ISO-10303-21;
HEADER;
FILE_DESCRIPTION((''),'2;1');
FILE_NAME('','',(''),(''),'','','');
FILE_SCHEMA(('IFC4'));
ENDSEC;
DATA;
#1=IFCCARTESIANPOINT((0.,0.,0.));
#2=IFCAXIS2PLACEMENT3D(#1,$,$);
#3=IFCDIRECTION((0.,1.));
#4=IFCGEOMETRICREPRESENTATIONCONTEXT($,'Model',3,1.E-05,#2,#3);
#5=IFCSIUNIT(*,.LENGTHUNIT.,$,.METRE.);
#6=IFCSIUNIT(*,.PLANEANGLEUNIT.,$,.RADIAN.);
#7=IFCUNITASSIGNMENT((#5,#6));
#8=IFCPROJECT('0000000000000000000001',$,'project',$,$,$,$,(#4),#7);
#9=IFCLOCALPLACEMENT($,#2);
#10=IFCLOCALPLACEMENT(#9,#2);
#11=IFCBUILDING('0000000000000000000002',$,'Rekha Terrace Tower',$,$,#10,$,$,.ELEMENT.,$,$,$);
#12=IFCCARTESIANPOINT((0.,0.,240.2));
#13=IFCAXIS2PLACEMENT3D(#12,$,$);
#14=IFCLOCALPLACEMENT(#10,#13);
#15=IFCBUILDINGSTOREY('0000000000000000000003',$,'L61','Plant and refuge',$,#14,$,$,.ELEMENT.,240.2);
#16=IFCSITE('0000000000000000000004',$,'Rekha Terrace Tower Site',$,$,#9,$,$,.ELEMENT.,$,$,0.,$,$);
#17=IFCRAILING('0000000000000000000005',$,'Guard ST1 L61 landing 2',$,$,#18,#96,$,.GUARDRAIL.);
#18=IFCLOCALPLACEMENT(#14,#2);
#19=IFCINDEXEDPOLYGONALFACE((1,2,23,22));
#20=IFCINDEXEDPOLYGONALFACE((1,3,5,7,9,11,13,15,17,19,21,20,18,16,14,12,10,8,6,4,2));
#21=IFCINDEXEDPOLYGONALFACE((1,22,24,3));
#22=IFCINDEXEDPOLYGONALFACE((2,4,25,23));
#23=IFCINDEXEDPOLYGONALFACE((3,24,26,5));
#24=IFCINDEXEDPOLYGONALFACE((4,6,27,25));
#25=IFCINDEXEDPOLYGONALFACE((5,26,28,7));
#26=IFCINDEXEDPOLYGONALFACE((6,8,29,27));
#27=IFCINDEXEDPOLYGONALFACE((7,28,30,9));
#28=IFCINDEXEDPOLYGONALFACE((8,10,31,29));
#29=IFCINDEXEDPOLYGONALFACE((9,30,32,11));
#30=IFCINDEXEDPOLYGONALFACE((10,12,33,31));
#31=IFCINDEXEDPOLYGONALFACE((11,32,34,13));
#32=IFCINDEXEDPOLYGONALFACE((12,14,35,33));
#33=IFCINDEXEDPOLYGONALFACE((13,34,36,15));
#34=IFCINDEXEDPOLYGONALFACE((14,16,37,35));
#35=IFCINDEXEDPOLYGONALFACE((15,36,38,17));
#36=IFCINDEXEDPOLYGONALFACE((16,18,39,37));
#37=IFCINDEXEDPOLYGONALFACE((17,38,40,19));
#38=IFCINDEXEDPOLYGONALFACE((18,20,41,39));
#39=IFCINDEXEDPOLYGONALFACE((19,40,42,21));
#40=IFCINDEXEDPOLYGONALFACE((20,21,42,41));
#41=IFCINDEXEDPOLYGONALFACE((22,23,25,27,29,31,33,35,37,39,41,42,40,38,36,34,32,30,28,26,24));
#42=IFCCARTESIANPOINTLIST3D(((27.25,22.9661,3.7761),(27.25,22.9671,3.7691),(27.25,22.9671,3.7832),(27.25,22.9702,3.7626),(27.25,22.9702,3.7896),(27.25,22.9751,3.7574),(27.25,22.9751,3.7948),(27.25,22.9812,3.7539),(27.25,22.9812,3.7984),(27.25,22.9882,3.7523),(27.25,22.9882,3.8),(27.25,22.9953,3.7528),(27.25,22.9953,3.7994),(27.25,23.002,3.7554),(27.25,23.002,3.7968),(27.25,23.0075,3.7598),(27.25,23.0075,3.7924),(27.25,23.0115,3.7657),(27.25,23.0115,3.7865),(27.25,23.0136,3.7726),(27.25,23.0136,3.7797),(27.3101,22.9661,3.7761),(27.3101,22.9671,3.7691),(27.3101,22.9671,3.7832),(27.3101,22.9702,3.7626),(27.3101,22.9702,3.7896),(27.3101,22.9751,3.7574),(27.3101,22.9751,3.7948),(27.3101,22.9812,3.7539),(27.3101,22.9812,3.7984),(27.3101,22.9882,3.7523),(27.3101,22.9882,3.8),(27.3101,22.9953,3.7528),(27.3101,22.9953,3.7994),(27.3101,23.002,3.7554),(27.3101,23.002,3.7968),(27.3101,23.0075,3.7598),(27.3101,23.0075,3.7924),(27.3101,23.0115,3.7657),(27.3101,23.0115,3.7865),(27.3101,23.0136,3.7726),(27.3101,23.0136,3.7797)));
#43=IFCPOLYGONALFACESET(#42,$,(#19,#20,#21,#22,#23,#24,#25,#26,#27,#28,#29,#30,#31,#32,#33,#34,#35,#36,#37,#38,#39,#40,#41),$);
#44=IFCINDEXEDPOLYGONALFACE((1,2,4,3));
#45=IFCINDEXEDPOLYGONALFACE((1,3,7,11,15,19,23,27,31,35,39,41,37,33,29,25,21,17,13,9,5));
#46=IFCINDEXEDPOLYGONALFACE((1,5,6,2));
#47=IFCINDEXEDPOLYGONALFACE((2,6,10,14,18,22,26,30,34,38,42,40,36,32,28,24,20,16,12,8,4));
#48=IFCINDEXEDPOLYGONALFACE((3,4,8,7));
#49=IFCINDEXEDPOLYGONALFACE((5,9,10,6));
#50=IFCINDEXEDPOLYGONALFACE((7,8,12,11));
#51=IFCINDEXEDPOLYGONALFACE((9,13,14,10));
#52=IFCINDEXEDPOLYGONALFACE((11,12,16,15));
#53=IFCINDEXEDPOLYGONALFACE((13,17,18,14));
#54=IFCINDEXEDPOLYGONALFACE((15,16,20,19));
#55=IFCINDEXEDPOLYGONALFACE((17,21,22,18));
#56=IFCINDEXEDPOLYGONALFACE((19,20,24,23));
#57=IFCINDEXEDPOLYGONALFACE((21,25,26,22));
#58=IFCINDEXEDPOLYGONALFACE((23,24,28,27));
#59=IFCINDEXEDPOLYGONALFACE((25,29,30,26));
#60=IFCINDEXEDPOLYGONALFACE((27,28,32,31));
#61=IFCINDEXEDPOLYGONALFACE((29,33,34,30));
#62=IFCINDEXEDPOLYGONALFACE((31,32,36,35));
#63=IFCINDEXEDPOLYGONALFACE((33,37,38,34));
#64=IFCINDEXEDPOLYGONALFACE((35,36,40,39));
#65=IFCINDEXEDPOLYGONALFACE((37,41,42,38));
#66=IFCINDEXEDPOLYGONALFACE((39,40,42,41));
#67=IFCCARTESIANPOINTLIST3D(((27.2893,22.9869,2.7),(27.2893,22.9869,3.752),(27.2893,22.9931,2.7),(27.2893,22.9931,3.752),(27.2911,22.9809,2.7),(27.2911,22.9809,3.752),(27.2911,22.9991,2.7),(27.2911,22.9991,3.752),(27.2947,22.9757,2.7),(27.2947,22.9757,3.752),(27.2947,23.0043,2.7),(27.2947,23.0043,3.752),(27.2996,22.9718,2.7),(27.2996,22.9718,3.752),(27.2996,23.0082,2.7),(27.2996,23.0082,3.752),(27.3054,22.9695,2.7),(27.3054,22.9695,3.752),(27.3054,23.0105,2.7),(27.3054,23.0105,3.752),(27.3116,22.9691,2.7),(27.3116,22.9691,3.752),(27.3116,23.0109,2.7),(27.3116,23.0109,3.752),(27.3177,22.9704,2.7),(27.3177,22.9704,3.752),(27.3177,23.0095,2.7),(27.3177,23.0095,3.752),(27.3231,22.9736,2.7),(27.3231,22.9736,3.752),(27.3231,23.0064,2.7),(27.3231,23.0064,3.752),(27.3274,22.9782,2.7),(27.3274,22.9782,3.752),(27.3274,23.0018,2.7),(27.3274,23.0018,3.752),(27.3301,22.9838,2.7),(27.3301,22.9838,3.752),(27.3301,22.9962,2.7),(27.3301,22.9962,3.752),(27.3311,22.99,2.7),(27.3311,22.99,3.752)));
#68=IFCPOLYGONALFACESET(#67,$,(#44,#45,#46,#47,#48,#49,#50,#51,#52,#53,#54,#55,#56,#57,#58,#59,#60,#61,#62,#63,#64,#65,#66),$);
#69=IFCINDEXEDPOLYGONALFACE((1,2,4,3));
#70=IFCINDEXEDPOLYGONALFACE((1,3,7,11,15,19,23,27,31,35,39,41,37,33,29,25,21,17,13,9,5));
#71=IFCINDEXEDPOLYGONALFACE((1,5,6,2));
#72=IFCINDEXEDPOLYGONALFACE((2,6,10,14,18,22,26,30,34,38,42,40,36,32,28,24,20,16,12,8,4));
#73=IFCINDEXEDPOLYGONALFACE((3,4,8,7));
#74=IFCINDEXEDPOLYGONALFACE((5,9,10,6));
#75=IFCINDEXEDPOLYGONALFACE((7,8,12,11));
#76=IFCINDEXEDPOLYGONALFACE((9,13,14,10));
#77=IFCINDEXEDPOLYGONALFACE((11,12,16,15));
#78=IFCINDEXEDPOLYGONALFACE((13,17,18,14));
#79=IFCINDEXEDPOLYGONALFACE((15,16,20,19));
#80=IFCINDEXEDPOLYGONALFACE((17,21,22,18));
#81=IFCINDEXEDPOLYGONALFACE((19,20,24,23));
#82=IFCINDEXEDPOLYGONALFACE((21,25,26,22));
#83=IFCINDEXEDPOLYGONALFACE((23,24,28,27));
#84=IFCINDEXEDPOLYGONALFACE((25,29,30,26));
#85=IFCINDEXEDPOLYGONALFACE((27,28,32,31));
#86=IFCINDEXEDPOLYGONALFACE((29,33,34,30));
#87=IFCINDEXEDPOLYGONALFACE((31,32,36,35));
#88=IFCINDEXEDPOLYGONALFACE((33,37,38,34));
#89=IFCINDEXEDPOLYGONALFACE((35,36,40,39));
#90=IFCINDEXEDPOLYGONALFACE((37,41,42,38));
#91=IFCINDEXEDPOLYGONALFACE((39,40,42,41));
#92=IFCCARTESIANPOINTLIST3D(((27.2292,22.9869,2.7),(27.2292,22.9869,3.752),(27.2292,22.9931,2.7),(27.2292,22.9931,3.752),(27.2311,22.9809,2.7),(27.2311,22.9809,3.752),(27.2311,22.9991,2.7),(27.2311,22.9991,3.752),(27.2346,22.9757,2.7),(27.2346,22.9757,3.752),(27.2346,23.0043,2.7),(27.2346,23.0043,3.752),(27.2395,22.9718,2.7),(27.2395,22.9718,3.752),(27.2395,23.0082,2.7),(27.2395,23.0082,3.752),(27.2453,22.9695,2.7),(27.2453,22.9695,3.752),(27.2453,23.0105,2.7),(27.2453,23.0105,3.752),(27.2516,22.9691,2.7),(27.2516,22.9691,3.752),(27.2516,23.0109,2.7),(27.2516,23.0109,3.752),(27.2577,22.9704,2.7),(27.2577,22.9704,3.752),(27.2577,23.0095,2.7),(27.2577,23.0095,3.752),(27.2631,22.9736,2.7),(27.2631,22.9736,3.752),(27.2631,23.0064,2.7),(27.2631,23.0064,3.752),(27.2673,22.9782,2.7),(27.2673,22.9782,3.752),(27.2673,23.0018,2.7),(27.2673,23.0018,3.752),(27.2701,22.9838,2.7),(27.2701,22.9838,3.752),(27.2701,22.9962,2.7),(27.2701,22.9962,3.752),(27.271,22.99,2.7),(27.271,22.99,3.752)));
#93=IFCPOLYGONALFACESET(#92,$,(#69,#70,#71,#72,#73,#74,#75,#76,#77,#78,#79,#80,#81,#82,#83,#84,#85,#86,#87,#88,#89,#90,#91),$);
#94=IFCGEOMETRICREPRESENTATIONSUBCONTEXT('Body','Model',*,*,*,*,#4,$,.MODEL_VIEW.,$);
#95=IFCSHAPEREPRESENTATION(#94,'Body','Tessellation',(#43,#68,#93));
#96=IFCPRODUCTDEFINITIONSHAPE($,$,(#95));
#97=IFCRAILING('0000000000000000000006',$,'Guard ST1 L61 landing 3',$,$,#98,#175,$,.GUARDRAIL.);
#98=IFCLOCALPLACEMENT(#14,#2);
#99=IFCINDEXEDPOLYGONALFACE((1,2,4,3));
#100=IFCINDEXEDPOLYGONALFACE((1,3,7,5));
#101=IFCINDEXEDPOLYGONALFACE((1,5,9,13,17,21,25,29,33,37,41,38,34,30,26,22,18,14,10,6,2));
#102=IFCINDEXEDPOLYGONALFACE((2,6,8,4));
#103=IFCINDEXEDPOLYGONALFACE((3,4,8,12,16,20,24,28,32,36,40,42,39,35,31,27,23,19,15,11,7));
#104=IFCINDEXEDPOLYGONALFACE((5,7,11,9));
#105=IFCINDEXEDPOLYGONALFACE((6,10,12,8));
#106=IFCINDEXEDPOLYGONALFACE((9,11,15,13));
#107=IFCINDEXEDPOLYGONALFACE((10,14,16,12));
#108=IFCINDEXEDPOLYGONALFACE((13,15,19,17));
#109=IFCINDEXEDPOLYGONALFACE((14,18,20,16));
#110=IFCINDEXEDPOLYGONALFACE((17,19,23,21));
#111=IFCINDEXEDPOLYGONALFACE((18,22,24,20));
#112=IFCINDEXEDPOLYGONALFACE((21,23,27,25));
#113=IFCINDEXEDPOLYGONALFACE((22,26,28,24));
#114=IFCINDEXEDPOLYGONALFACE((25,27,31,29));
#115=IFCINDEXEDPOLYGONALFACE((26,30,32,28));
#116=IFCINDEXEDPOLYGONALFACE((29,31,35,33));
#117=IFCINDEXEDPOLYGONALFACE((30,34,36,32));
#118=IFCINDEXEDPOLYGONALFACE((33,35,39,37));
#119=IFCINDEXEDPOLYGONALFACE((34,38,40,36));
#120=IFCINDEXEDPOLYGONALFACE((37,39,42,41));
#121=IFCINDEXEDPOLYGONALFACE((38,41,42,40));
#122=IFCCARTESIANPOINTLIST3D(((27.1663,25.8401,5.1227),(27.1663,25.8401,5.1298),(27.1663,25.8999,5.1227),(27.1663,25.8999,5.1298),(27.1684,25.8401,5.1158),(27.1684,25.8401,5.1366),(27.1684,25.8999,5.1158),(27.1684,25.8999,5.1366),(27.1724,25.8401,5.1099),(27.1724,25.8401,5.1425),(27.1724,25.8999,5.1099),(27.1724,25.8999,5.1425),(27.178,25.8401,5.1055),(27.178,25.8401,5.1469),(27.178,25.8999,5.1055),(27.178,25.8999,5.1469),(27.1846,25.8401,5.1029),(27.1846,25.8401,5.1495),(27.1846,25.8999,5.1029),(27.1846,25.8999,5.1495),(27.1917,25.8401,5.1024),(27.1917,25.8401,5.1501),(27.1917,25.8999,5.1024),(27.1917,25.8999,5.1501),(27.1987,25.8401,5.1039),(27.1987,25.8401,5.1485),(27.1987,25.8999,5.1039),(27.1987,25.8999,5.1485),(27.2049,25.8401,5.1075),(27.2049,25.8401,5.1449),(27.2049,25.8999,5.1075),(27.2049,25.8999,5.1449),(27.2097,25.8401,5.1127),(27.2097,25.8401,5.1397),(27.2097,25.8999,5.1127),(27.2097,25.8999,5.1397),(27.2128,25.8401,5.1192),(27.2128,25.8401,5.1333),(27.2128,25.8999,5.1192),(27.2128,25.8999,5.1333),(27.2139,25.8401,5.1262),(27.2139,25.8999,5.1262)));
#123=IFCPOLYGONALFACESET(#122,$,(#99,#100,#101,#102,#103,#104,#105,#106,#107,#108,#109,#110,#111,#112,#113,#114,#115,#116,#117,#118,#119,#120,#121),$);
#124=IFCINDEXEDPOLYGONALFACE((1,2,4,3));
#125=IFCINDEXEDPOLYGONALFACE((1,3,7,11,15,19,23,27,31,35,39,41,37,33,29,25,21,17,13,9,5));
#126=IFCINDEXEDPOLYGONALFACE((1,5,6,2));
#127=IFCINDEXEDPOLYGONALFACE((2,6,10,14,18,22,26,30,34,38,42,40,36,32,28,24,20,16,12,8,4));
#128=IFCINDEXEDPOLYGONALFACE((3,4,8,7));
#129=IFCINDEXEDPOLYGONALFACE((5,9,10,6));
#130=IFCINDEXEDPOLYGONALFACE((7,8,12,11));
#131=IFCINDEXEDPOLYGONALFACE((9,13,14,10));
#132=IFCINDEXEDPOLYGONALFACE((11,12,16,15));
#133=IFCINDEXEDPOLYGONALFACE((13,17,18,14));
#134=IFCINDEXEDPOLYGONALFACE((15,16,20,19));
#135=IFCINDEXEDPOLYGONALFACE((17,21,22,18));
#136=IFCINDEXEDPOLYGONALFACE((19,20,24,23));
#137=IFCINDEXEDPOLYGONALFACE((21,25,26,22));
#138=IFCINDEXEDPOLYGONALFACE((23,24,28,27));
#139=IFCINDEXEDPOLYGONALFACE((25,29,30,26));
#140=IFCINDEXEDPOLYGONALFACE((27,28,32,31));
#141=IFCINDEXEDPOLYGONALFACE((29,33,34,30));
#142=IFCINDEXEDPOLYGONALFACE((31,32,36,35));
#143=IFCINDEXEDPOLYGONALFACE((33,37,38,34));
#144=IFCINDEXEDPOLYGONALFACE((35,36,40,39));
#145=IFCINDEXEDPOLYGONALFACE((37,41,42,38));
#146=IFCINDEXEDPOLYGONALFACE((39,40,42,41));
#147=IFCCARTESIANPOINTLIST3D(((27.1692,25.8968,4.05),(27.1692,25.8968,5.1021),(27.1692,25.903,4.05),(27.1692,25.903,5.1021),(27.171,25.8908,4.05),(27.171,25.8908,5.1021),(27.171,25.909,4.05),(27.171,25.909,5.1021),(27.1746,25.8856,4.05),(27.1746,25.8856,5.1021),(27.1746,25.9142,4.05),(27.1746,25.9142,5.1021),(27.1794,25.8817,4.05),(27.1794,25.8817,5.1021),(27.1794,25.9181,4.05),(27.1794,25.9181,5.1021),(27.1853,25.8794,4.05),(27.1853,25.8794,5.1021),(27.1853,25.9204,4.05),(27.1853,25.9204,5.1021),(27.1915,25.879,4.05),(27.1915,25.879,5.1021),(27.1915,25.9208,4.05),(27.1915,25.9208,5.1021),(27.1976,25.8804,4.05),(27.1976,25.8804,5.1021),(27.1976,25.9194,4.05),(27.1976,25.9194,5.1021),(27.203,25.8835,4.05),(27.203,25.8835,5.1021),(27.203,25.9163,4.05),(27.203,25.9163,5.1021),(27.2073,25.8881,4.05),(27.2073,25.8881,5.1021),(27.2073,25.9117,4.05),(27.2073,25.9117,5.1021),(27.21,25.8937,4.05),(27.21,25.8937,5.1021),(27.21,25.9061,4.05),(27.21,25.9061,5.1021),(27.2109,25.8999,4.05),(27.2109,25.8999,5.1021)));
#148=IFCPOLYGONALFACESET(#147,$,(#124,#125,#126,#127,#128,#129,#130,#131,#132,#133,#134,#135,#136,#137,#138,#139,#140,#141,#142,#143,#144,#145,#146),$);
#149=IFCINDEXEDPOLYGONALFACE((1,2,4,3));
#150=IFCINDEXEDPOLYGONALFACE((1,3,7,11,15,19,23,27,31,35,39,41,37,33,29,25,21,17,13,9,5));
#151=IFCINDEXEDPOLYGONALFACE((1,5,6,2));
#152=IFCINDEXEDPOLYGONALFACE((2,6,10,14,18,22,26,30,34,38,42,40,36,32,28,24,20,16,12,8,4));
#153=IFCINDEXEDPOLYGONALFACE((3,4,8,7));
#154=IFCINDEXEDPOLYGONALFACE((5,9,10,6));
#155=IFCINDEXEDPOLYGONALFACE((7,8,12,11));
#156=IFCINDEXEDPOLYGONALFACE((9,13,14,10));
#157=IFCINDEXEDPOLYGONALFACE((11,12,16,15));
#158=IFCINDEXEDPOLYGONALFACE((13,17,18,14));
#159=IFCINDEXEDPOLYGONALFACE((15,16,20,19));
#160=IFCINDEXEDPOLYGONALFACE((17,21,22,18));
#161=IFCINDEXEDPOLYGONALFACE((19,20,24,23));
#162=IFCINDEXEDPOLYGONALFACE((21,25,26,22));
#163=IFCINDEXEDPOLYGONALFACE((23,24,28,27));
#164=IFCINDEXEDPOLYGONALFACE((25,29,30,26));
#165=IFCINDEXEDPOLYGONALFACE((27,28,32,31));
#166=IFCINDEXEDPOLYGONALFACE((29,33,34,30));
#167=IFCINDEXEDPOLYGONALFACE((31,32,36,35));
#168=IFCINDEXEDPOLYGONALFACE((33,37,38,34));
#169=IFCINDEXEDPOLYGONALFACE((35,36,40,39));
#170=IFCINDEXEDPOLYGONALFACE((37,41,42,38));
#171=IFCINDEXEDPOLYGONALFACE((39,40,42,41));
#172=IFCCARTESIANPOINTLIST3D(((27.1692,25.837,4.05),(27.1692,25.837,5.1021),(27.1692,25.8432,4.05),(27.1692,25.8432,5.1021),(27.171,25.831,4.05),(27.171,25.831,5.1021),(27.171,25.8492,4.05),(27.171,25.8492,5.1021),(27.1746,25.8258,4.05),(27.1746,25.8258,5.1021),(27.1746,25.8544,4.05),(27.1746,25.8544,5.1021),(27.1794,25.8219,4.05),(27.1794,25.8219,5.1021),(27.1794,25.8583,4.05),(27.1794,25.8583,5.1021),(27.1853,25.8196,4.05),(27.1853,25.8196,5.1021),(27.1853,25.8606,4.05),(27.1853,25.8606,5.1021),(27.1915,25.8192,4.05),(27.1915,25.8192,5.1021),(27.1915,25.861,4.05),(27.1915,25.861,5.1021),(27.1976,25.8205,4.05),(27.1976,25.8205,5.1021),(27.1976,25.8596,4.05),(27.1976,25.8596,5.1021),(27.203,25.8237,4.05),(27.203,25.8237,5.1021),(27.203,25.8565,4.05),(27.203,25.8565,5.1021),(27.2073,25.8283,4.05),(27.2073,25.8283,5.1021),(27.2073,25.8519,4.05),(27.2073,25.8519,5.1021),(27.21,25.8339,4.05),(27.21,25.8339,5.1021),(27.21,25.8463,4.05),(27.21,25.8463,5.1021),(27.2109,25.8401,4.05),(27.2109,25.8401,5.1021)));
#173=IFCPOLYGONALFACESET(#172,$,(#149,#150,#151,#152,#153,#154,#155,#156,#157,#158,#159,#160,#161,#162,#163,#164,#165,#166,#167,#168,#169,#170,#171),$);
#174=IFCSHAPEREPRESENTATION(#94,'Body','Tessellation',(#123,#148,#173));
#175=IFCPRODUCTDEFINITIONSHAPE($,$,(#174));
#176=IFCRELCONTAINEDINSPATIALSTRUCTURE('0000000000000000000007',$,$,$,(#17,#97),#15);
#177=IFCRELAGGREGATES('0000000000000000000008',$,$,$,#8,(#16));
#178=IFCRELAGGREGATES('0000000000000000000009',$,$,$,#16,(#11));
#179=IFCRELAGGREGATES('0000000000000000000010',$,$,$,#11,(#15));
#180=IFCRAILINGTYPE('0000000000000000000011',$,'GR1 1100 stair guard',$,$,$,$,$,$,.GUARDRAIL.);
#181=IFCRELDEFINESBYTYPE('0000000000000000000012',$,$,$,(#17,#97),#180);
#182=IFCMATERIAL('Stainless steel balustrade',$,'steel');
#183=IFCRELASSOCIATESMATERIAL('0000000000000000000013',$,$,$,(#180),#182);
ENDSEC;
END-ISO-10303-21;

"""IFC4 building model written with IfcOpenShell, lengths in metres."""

from ifc_helpers import new_model, si_unit, direction, frame, origin, origin_2d, place, context, subcontext, project, spatial, circle, extrude, material, type_object, element, save


model = new_model("IFC4")

# Units and contexts
model_context = context("Model", 3, precision=1e-05, world=origin(), true_north=direction((0.0, 1.0)))
body_context = subcontext(model_context, "Body", "Model", "MODEL_VIEW")
ifc_project = project(units=[si_unit("LENGTHUNIT", "METRE"), si_unit("PLANEANGLEUNIT", "RADIAN")], contexts=[model_context])

# Site, building, storey
site_placement = place(None, origin())
site = spatial("IfcSite", under=ifc_project, at=site_placement, Name="Rekha Terrace Tower Site", CompositionType="ELEMENT", RefElevation=0.0)
building_placement = place(site_placement, origin())
building = spatial("IfcBuilding", under=site, at=building_placement, Name="Rekha Terrace Tower", CompositionType="ELEMENT")
storey_placement = place(building_placement, frame((0.0, 0.0, 240.2)))
storey = spatial("IfcBuildingStorey", under=building, at=storey_placement, Name="L61", Description="Plant and refuge", CompositionType="ELEMENT", Elevation=240.2)

# Railings
ifc_material_1 = material(Name="Stainless steel balustrade", Category="steel")
railing_type_1 = type_object("IfcRailingType", Name="GR1 1100 stair guard", PredefinedType="GUARDRAIL", material=ifc_material_1)
railing_1_placement = place(storey_placement, frame((27.3101, 22.99, 2.7)))
element("IfcRailing", 1, at=railing_1_placement, inside=storey, type_object=railing_type_1, Name="Guard ST1 L61 landing 2", PredefinedType="GUARDRAIL", context=body_context, shape_type="SweptSolid", body=[
    extrude(circle(Radius=0.0239, at=origin_2d()), frame((0.0, 0.0, 1.0762), z_axis=(-1.0, 0.0, 0.0), x_axis=(0.0, -1.0, 0.0)), (0.0, 0.0, 1.0), 0.0601),
    extrude(circle(Radius=0.021, at=origin_2d()), origin(), (0.0, 0.0, 1.0), 1.052),
    extrude(circle(Radius=0.021, at=origin_2d()), frame((-0.0601, 0.0, 0.0)), (0.0, 0.0, 1.0), 1.052),
])
railing_2_placement = place(storey_placement, frame((27.1899, 25.8999, 4.05)))
element("IfcRailing", 2, at=railing_2_placement, inside=storey, type_object=railing_type_1, Name="Guard ST1 L61 landing 3", PredefinedType="GUARDRAIL", context=body_context, shape_type="SweptSolid", body=[
    extrude(circle(Radius=0.0239, at=origin_2d()), frame((0.0, 0.0, 1.0762), z_axis=(0.0, -1.0, 0.0), x_axis=(1.0, 0.0, 0.0)), (0.0, 0.0, 1.0), 0.0598),
    extrude(circle(Radius=0.021, at=origin_2d()), origin(), (0.0, 0.0, 1.0), 1.052),
    extrude(circle(Radius=0.021, at=origin_2d()), frame((0.0, -0.0598, 0.0)), (0.0, 0.0, 1.0), 1.052),
])

save(model, "model.ifc")
